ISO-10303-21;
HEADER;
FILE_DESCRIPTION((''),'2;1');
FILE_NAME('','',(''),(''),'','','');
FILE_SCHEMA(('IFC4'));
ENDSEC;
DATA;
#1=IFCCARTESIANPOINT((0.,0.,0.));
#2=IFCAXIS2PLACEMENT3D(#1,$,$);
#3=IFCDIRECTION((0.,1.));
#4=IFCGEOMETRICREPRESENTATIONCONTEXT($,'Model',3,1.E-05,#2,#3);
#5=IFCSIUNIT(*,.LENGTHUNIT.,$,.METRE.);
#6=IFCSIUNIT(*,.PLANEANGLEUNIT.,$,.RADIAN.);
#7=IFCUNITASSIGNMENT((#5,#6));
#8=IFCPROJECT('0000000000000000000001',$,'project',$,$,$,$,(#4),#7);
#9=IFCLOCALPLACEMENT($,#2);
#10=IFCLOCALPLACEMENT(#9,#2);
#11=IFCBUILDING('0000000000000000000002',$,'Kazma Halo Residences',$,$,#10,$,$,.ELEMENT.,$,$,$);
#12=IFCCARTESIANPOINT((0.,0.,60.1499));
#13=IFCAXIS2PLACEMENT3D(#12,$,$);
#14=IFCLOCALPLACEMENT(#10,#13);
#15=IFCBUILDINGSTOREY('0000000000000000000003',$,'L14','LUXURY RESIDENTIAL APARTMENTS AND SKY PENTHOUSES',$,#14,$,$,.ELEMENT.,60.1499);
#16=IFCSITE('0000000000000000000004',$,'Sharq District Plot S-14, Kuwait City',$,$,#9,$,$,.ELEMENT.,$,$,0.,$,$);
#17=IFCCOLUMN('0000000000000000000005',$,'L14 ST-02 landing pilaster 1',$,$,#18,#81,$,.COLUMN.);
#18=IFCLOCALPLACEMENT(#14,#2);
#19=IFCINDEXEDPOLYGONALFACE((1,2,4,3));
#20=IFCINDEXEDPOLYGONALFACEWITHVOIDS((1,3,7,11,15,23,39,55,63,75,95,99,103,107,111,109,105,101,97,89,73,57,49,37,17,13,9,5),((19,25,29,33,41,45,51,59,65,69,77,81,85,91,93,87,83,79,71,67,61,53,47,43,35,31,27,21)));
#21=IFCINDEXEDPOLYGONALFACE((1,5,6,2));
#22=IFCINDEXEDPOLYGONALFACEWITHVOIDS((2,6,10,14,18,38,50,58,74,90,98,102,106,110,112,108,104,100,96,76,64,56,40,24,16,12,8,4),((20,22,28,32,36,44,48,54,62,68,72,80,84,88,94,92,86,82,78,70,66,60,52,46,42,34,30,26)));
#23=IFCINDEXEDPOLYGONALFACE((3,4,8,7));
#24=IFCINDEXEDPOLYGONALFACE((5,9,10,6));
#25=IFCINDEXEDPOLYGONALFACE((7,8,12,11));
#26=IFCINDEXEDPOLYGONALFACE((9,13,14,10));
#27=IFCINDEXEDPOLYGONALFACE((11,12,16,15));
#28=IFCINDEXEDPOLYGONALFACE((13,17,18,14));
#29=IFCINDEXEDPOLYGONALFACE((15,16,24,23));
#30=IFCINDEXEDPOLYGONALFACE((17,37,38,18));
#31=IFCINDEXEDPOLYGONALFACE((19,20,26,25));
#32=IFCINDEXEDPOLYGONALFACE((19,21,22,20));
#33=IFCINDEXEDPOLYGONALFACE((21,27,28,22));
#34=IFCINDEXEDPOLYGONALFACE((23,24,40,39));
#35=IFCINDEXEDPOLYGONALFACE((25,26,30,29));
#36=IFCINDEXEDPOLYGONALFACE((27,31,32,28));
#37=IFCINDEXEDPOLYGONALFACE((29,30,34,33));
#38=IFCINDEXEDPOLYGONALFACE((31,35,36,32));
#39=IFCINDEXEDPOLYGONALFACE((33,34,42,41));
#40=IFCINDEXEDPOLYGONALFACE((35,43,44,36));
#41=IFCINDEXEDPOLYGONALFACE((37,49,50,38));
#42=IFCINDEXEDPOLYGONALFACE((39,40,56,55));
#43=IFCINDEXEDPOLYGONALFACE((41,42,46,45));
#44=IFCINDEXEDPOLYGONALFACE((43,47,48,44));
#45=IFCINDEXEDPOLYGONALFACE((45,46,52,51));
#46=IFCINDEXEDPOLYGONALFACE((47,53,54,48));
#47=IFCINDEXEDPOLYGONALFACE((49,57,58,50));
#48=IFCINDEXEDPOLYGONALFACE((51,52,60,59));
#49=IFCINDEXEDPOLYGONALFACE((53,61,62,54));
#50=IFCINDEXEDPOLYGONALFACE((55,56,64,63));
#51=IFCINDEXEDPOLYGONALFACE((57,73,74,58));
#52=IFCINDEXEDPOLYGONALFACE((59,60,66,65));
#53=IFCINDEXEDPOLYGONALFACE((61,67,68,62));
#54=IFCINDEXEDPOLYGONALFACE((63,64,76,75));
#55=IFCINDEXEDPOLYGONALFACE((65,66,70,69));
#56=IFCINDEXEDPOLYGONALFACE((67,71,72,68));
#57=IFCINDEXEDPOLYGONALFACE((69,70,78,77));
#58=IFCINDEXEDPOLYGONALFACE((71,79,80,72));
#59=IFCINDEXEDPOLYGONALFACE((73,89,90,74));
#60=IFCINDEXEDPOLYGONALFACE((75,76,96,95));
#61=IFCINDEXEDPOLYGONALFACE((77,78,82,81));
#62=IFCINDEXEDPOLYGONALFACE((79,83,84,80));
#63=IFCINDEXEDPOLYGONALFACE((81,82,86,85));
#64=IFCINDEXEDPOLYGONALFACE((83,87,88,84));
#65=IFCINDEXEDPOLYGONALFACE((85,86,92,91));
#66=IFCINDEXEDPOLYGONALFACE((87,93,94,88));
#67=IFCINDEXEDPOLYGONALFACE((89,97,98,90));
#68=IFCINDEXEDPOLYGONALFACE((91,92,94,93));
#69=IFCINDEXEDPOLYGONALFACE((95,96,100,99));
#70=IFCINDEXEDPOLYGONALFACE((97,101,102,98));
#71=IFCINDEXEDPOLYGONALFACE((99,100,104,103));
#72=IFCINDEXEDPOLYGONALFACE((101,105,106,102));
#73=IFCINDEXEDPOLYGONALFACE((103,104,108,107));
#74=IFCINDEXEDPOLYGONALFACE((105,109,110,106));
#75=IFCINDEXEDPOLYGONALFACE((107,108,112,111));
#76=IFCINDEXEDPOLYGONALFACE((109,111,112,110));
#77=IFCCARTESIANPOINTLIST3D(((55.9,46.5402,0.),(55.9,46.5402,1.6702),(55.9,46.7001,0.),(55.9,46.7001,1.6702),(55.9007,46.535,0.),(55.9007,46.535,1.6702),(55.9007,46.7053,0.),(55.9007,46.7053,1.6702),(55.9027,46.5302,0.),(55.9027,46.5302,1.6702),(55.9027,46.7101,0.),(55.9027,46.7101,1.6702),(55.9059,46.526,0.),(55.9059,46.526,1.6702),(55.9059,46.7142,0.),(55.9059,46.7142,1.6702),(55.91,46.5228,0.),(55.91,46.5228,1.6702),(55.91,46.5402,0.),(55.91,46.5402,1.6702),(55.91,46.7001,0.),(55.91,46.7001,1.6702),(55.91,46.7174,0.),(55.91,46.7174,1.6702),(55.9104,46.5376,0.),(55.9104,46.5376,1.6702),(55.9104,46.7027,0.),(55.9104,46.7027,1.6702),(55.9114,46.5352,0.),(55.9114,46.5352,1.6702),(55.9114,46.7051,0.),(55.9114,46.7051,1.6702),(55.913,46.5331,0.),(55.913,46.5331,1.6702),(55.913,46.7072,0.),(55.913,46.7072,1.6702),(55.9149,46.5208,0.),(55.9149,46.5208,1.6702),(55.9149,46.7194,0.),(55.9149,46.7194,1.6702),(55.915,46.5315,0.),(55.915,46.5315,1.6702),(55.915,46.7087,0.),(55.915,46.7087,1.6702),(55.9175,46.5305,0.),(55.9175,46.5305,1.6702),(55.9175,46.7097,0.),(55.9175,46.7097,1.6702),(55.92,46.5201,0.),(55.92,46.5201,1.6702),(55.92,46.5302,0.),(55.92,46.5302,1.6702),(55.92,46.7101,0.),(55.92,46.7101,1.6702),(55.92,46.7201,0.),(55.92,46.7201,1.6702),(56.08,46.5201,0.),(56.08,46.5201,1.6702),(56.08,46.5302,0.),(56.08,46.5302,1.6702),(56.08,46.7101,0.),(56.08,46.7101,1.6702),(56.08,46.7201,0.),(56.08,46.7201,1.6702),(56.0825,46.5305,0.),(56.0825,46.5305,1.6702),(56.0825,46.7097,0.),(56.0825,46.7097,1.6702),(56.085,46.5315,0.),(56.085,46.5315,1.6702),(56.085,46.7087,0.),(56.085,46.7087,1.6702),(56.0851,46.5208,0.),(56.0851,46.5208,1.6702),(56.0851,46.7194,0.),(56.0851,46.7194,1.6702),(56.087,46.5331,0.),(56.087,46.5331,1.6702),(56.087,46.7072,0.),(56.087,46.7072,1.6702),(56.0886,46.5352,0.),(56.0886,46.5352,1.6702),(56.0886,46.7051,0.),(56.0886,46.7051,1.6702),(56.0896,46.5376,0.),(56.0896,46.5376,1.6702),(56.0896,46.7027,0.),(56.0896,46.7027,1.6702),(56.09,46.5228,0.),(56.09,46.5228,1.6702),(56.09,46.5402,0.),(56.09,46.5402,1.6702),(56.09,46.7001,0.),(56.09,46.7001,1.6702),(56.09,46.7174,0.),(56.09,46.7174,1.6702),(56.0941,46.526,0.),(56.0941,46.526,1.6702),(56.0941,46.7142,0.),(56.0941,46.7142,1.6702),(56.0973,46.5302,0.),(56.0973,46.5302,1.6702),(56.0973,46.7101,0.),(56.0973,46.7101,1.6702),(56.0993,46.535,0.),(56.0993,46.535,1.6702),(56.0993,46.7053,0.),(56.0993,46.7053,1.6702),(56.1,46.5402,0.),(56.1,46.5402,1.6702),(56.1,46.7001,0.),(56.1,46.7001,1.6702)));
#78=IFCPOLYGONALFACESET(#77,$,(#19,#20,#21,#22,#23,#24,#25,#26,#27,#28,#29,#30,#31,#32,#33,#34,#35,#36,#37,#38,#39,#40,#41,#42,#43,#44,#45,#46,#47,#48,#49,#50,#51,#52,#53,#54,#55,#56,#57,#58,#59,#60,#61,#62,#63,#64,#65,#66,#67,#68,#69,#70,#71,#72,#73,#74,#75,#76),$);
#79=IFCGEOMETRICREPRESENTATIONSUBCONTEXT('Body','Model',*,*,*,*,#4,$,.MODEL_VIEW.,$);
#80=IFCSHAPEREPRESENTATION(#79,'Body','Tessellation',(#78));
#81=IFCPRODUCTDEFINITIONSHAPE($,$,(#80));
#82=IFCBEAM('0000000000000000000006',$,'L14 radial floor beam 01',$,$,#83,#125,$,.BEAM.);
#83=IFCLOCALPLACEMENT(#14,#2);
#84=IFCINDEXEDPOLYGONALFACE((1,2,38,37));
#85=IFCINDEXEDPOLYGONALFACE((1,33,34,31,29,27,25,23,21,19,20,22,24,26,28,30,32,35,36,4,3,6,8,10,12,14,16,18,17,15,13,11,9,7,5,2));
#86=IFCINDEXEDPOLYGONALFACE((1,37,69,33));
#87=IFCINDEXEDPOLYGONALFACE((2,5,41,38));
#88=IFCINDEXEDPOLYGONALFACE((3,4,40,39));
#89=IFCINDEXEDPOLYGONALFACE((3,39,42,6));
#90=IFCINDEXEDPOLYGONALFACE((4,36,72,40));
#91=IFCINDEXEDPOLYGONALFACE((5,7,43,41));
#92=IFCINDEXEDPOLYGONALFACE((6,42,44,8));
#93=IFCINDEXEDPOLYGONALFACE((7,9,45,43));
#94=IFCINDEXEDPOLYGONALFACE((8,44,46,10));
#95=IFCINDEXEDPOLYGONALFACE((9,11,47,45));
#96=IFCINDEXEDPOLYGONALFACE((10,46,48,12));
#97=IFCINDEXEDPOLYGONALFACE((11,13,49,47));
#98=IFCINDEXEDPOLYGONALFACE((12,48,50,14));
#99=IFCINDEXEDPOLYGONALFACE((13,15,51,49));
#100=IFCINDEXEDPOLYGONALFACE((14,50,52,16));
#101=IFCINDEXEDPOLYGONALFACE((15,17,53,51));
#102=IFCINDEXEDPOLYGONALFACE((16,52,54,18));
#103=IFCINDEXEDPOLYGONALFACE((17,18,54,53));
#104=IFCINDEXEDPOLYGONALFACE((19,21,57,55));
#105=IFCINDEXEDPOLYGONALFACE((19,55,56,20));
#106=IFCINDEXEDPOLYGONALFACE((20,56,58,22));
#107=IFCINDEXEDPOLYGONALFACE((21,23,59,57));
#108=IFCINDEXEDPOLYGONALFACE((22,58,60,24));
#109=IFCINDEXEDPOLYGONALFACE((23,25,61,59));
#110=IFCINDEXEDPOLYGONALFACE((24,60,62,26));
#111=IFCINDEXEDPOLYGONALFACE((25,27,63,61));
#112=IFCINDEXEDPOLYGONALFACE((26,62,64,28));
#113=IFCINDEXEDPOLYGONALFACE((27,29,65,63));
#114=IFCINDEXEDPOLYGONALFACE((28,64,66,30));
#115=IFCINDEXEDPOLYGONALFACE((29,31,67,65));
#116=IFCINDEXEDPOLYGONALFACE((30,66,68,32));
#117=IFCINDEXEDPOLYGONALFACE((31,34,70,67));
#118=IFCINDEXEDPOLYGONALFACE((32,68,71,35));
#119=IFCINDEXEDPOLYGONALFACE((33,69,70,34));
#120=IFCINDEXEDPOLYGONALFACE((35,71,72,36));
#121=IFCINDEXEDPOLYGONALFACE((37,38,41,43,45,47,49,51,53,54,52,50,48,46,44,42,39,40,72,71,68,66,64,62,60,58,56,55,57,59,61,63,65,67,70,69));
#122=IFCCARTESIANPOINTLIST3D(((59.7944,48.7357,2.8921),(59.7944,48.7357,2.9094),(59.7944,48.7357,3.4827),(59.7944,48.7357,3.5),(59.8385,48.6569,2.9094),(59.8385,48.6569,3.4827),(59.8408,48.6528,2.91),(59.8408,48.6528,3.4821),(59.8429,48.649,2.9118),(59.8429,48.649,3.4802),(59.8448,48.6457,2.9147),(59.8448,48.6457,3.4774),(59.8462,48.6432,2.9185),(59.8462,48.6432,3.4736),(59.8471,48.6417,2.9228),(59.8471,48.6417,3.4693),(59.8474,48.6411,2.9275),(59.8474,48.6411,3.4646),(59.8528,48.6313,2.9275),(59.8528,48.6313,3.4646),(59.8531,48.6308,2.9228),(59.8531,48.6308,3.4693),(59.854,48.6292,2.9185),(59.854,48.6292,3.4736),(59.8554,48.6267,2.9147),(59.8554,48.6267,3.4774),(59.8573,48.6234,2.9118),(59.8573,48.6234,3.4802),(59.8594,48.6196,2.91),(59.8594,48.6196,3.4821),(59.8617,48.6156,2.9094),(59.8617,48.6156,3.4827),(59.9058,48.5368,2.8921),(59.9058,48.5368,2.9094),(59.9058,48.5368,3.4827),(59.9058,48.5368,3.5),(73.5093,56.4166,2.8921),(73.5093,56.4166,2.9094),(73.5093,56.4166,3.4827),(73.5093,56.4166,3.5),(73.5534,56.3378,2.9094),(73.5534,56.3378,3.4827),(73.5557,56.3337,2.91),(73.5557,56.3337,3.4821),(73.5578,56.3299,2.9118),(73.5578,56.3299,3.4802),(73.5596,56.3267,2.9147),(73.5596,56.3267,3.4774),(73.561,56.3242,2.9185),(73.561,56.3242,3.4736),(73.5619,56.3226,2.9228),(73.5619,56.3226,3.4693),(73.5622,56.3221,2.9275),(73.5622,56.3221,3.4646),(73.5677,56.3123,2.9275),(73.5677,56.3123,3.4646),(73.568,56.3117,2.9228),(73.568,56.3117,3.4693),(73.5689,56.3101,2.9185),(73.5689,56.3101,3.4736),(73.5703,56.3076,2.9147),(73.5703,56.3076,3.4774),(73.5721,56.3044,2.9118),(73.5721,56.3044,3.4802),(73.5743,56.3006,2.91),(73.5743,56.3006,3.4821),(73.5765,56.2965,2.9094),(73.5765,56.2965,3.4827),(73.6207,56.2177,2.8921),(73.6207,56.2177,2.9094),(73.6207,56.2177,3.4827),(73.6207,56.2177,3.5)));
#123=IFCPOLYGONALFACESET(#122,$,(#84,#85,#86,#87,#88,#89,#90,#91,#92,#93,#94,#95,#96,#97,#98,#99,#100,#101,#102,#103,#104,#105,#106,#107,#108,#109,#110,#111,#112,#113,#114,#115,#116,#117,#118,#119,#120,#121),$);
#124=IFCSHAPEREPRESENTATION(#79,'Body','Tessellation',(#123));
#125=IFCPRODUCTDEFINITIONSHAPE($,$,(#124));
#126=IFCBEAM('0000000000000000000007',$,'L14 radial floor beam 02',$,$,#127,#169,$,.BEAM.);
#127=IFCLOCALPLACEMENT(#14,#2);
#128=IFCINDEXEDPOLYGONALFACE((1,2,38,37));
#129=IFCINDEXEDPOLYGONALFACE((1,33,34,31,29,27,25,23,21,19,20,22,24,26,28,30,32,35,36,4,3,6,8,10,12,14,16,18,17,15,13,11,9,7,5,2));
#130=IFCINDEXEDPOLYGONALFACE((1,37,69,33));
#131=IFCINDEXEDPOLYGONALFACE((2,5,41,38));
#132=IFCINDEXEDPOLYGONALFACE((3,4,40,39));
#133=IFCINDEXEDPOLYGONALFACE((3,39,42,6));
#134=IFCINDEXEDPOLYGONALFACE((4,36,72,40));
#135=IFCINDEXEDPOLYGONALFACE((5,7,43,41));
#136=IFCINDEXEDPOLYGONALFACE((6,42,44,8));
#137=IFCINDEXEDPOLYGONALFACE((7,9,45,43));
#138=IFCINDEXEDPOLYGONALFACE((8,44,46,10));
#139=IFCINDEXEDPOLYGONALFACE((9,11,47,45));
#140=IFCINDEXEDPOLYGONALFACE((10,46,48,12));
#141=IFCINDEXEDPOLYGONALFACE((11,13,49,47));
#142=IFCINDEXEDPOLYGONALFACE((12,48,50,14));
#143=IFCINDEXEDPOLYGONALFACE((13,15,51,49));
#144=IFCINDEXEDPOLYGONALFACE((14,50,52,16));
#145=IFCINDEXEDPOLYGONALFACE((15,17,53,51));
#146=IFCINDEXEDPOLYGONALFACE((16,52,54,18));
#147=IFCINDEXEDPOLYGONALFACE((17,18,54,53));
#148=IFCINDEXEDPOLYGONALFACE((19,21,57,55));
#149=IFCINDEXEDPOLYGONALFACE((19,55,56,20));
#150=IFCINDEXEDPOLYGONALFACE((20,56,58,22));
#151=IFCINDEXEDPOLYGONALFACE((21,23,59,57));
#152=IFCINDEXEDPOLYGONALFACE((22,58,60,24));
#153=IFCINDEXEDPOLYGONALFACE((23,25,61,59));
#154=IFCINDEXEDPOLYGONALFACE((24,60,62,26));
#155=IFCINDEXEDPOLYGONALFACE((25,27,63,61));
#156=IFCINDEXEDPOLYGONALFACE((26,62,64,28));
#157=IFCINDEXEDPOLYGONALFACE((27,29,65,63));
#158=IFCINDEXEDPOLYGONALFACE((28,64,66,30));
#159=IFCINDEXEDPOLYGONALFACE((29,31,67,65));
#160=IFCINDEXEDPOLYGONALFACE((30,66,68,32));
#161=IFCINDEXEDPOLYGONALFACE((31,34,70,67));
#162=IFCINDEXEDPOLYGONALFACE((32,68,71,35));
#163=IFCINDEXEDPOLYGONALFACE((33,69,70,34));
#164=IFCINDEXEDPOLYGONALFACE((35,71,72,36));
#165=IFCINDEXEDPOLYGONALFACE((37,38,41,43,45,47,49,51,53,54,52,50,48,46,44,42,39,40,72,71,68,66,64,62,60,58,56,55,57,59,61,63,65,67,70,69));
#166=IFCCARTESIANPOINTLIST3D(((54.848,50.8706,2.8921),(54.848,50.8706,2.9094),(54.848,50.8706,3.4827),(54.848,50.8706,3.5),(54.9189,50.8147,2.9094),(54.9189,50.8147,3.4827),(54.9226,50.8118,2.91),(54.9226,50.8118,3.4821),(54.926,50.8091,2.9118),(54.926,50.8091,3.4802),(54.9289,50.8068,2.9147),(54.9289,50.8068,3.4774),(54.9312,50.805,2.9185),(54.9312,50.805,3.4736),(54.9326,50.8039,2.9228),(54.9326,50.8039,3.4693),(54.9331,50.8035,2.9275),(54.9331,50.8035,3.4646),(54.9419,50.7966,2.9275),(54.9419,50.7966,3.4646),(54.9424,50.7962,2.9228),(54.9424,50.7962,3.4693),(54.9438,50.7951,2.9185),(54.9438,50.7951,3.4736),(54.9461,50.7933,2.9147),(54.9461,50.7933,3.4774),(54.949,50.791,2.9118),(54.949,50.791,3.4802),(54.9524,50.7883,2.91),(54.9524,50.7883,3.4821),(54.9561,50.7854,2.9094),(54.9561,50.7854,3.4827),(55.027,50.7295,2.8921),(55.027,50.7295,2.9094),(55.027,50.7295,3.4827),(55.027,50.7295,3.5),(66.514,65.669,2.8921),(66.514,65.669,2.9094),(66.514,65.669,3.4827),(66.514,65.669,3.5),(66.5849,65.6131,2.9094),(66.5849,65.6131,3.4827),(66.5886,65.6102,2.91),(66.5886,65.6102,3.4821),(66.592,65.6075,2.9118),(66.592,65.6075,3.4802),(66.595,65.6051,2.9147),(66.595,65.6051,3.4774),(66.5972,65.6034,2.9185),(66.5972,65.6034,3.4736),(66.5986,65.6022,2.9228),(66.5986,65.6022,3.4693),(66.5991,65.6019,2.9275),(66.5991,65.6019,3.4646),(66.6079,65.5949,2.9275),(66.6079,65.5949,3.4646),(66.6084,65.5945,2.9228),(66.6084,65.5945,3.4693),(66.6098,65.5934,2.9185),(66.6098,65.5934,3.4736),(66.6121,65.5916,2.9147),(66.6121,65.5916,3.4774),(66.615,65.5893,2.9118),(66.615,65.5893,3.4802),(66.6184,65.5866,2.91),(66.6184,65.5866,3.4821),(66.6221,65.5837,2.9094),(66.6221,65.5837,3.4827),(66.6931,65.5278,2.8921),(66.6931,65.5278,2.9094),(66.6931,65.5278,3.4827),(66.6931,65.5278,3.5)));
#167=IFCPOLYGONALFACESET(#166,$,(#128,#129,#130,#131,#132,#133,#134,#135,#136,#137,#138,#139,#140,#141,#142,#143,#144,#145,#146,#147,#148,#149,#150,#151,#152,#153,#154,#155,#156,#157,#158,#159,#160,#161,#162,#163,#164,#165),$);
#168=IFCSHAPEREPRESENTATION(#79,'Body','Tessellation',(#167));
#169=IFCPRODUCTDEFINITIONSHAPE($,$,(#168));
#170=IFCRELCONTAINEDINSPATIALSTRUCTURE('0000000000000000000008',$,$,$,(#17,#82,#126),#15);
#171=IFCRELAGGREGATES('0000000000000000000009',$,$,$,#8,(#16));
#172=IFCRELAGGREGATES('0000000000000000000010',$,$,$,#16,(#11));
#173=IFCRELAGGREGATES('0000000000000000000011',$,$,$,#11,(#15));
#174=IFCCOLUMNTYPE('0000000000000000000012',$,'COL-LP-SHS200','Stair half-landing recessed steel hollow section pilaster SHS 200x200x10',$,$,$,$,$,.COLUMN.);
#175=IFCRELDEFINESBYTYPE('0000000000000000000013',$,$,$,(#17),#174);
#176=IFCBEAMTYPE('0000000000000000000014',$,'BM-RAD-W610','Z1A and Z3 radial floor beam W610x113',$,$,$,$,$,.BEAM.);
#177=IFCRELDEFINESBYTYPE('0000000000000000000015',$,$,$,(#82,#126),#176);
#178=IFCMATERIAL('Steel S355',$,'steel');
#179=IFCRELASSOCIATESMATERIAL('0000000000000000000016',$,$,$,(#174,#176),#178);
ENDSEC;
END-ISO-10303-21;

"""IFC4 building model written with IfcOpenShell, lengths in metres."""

from ifc_helpers import new_model, si_unit, direction, frame, origin, origin_2d, place, context, subcontext, project, spatial, hollow_rectangle, i_section, extrude, material, material_profile, profile_set, type_object, element, save


model = new_model("IFC4")

# Units and contexts
model_context = context("Model", 3, precision=1e-05, world=origin(), true_north=direction((0.0, 1.0)))
body_context = subcontext(model_context, "Body", "Model", "MODEL_VIEW")
ifc_project = project(units=[si_unit("LENGTHUNIT", "METRE"), si_unit("PLANEANGLEUNIT", "RADIAN")], contexts=[model_context])

# Site, building, storey
site_placement = place(None, origin())
site = spatial("IfcSite", under=ifc_project, at=site_placement, Name="Sharq District Plot S-14, Kuwait City", CompositionType="ELEMENT", RefElevation=0.0)
building_placement = place(site_placement, origin())
building = spatial("IfcBuilding", under=site, at=building_placement, Name="Kazma Halo Residences", CompositionType="ELEMENT")
storey_placement = place(building_placement, frame((0.0, 0.0, 60.1499)))
storey = spatial("IfcBuildingStorey", under=building, at=storey_placement, Name="L14", Description="LUXURY RESIDENTIAL APARTMENTS AND SKY PENTHOUSES", CompositionType="ELEMENT", Elevation=60.1499)

# Column
ifc_material_1 = material(Name="Steel S355", Category="steel")
ifc_material_profile_1 = material_profile(ifc_material_1, hollow_rectangle(XDim=0.2, YDim=0.2, WallThickness=0.01, InnerFilletRadius=0.01, OuterFilletRadius=0.02, at=origin_2d()), Name="SHS200x200x10")
ifc_profile_set_1 = profile_set([ifc_material_profile_1], Name="Steel S355")
column_type = type_object("IfcColumnType", Name="COL-LP-SHS200", Description="Stair half-landing recessed steel hollow section pilaster SHS 200x200x10", PredefinedType="COLUMN", material=ifc_profile_set_1)
column_placement = place(storey_placement, frame((56.0, 46.6201, 0.0), z_axis=(0.0, 0.0, 1.0), x_axis=(1.0, 0.0, 0.0)))
element("IfcColumn", 1, at=column_placement, inside=storey, type_object=column_type, Name="L14 ST-02 landing pilaster 1", PredefinedType="COLUMN", context=body_context, shape_type="SweptSolid", body=[
    extrude(hollow_rectangle(XDim=0.2, YDim=0.2, WallThickness=0.01, InnerFilletRadius=0.01, OuterFilletRadius=0.02, at=origin_2d()), origin(), (0.0, 0.0, 1.0), 1.6702),
])

# Beams
ifc_material_profile_2 = material_profile(ifc_material_1, i_section(OverallWidth=0.228, OverallDepth=0.6079, WebThickness=0.0112, FlangeThickness=0.0173, FilletRadius=0.0181, at=origin_2d()), Name="W610x113")
ifc_profile_set_2 = profile_set([ifc_material_profile_2], Name="Steel S355")
beam_type_1 = type_object("IfcBeamType", Name="BM-RAD-W610", Description="Z1A and Z3 radial floor beam W610x113", PredefinedType="BEAM", material=ifc_profile_set_2)
beam_1_placement = place(storey_placement, frame((59.8501, 48.6362, 3.196), z_axis=(0.87249, 0.488632, 0.0), x_axis=(-0.488632, 0.87249, 0.0)))
element("IfcBeam", 2, at=beam_1_placement, inside=storey, type_object=beam_type_1, Name="L14 radial floor beam 01", PredefinedType="BEAM", context=body_context, shape_type="SweptSolid", body=[
    extrude(i_section(OverallWidth=0.228, OverallDepth=0.6079, WebThickness=0.0112, FlangeThickness=0.0173, FilletRadius=0.0181, at=origin_2d()), origin(), (0.0, 0.0, 1.0), 15.7192),
])
beam_2_placement = place(storey_placement, frame((54.9375, 50.8, 3.196), z_axis=(0.619092, 0.785318, 0.0), x_axis=(-0.785318, 0.619092, 0.0)))
element("IfcBeam", 3, at=beam_2_placement, inside=storey, type_object=beam_type_1, Name="L14 radial floor beam 02", PredefinedType="BEAM", context=body_context, shape_type="SweptSolid", body=[
    extrude(i_section(OverallWidth=0.228, OverallDepth=0.6079, WebThickness=0.0112, FlangeThickness=0.0173, FilletRadius=0.0181, at=origin_2d()), origin(), (0.0, 0.0, 1.0), 18.8438),
])

save(model, "model.ifc")
